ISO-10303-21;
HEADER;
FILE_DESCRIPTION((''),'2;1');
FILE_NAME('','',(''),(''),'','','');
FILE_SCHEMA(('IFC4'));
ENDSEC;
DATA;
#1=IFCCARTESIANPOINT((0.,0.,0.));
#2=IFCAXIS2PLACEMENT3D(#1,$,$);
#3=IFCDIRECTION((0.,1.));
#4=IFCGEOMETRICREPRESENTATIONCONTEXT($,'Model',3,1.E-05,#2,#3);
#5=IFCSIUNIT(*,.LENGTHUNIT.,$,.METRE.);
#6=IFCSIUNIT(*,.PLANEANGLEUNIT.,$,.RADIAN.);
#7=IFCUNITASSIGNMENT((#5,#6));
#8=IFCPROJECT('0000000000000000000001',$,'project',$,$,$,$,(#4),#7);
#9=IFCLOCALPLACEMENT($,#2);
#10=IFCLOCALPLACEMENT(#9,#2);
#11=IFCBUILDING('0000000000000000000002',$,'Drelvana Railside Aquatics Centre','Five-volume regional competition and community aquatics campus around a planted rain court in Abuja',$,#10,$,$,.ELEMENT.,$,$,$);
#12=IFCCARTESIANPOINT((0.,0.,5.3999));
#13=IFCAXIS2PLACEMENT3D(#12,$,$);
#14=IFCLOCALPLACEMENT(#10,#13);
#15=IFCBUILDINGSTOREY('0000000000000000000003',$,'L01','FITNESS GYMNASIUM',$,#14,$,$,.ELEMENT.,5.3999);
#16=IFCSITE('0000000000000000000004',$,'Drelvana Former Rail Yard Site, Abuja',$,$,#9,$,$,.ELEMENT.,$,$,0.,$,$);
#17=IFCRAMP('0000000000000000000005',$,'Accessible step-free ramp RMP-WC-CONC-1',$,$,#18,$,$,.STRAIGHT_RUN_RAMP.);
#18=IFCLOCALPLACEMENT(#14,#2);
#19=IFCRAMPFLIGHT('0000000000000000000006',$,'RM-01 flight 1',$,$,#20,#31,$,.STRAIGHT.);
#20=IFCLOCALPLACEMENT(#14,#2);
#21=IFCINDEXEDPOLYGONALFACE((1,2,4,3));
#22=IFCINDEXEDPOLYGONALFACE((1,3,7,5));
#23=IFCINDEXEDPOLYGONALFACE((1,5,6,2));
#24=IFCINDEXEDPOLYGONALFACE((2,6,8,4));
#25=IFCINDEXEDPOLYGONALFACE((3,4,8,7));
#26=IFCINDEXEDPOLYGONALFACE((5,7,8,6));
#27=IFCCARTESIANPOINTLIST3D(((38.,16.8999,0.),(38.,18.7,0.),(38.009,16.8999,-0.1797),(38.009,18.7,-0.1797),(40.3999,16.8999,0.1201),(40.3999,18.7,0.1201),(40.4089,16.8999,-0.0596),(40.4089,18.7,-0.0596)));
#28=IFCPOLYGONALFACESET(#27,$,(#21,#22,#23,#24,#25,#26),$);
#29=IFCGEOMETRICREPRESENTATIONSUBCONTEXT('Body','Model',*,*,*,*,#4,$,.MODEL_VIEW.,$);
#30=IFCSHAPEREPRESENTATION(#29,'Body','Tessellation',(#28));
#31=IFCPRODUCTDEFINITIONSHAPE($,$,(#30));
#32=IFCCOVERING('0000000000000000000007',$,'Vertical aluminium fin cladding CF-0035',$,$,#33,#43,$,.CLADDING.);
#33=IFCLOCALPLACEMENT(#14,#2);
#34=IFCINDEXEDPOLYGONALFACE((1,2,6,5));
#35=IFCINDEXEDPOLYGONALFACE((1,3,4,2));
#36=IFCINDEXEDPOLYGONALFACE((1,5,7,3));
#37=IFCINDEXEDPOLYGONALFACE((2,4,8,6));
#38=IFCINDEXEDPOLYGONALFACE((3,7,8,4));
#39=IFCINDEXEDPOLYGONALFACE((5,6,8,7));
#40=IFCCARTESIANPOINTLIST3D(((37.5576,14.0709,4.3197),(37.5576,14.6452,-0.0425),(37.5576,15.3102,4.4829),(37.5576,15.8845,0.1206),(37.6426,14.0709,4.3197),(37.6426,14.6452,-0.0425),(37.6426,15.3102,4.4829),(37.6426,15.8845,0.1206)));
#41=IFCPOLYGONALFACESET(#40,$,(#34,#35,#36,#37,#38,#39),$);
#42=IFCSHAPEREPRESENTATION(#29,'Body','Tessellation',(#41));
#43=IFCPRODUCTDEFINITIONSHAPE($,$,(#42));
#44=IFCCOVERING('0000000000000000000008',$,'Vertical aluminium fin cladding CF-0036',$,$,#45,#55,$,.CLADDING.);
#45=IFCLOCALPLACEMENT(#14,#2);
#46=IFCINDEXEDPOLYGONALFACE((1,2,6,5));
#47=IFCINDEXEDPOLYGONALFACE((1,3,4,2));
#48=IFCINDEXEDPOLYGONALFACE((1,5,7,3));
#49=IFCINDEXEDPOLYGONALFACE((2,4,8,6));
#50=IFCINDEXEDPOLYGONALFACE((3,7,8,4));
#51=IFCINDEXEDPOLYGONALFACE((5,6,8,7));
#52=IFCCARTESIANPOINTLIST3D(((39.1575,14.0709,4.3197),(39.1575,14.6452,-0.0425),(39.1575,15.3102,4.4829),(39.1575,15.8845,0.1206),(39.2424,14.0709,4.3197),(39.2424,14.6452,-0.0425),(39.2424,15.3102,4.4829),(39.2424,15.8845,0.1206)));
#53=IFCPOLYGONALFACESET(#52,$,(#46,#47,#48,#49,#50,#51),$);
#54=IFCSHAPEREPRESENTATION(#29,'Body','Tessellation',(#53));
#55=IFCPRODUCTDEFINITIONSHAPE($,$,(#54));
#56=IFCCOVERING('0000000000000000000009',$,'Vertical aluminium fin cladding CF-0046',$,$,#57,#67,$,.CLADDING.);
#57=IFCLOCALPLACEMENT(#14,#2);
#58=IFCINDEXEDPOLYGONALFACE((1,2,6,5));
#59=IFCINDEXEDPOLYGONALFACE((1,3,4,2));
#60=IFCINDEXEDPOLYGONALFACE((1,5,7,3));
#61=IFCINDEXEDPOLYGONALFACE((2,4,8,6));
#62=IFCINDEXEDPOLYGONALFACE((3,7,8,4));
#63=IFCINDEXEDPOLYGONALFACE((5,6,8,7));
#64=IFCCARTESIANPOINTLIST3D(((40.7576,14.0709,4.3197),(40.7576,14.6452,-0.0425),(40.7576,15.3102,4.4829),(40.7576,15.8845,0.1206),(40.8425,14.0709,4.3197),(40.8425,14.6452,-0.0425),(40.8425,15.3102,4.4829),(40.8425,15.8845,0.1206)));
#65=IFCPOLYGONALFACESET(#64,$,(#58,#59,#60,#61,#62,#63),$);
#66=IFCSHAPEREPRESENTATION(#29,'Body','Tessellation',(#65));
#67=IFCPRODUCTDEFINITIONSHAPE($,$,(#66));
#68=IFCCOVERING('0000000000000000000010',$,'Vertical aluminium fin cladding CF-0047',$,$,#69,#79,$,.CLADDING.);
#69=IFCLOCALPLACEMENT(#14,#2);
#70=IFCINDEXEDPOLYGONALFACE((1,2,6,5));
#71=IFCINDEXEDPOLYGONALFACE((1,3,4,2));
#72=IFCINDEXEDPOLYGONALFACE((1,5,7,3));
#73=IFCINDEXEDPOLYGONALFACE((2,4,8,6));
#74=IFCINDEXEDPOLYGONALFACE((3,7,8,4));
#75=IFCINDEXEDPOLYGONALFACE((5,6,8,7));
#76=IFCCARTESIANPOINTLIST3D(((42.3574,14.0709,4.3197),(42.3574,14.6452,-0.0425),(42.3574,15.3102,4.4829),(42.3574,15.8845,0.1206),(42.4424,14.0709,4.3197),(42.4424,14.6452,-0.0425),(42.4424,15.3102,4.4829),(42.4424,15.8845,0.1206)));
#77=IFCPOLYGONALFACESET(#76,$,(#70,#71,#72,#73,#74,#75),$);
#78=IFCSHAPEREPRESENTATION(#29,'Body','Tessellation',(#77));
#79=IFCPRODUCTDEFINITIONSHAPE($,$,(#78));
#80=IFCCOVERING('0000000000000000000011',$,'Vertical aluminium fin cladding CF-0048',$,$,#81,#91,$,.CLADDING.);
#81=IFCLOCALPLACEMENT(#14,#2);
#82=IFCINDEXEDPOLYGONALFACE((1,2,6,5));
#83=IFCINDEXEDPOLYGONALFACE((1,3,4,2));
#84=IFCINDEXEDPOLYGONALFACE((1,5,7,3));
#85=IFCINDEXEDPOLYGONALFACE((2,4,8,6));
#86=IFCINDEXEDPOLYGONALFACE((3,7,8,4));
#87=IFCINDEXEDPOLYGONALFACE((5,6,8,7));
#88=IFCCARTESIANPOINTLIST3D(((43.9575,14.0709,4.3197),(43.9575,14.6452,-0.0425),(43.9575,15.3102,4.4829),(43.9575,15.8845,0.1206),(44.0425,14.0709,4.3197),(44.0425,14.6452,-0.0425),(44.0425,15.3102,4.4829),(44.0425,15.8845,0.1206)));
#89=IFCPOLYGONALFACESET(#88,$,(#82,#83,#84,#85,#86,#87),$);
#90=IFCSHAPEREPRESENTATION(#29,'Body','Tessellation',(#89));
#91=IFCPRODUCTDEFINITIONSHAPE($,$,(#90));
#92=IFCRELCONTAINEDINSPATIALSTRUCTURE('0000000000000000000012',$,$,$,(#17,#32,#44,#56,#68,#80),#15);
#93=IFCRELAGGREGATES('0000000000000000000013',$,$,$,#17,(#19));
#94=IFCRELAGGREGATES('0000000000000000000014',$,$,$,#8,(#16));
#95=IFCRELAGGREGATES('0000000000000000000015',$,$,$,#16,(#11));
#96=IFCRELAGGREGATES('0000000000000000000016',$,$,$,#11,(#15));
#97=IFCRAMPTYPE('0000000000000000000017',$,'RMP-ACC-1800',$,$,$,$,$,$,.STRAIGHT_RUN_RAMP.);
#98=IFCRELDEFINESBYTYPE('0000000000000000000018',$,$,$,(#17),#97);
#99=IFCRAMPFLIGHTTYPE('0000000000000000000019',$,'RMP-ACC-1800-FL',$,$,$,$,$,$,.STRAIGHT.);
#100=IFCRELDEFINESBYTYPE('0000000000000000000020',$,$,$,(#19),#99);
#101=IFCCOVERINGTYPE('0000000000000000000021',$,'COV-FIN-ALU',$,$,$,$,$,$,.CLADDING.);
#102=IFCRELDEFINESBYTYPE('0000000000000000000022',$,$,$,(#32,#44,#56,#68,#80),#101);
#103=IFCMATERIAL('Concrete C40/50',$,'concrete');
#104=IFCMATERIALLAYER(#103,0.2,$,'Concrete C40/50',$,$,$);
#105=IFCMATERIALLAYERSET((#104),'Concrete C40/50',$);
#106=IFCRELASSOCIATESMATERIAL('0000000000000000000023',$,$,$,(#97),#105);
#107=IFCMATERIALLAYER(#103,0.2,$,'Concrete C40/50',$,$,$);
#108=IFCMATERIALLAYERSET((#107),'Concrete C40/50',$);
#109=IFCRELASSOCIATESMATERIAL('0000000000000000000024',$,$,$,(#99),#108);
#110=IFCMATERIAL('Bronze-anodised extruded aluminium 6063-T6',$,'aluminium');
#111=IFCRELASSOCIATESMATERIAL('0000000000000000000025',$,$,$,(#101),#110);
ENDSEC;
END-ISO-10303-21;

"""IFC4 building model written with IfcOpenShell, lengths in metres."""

from ifc_helpers import new_model, si_unit, direction, frame, origin, origin_2d, place, context, subcontext, project, spatial, polyline, rectangle, outline, extrude, material, layer, layer_set, type_object, element, aggregate, save


model = new_model("IFC4")

# Units and contexts
model_context = context("Model", 3, precision=1e-05, world=origin(), true_north=direction((0.0, 1.0)))
body_context = subcontext(model_context, "Body", "Model", "MODEL_VIEW")
ifc_project = project(units=[si_unit("LENGTHUNIT", "METRE"), si_unit("PLANEANGLEUNIT", "RADIAN")], contexts=[model_context])

# Site, building, storey
site_placement = place(None, origin())
site = spatial("IfcSite", under=ifc_project, at=site_placement, Name="Drelvana Former Rail Yard Site, Abuja", CompositionType="ELEMENT", RefElevation=0.0)
building_placement = place(site_placement, origin())
building = spatial("IfcBuilding", under=site, at=building_placement, Name="Drelvana Railside Aquatics Centre", Description="Five-volume regional competition and community aquatics campus around a planted rain court in Abuja", CompositionType="ELEMENT")
storey_placement = place(building_placement, frame((0.0, 0.0, 5.3999)))
storey = spatial("IfcBuildingStorey", under=building, at=storey_placement, Name="L01", Description="FITNESS GYMNASIUM", CompositionType="ELEMENT", Elevation=5.3999)

# Shared definitions
ifc_material_1 = material(Name="Concrete C40/50", Category="concrete")

# Ramp, ramp flight
ifc_layer_1 = layer(ifc_material_1, 0.2, Name="Concrete C40/50")
ifc_layer_set_1 = layer_set([ifc_layer_1], Name="Concrete C40/50")
ramp_type = type_object("IfcRampType", Name="RMP-ACC-1800", PredefinedType="STRAIGHT_RUN_RAMP", material=ifc_layer_set_1)
ramp_placement = place(storey_placement, origin())
ramp = element("IfcRamp", 1, at=ramp_placement, inside=storey, type_object=ramp_type, Name="Accessible step-free ramp RMP-WC-CONC-1", PredefinedType="STRAIGHT_RUN_RAMP")
ifc_layer_2 = layer(ifc_material_1, 0.2, Name="Concrete C40/50")
ifc_layer_set_2 = layer_set([ifc_layer_2], Name="Concrete C40/50")
ramp_flight_type = type_object("IfcRampFlightType", Name="RMP-ACC-1800-FL", PredefinedType="STRAIGHT", material=ifc_layer_set_2)
ramp_flight_placement = place(storey_placement, frame((38.0, 16.8999, 0.0), z_axis=(-0.049988, 0.0, 0.99875), x_axis=(0.99875, 0.0, 0.049988)))
ramp_flight = element("IfcRampFlight", 2, at=ramp_flight_placement, type_object=ramp_flight_type, Name="RM-01 flight 1", PredefinedType="STRAIGHT", context=body_context, shape_type="SweptSolid", body=[
    extrude(outline(polyline([(0.0, 0.0), (2.4029, 0.0), (2.4029, 1.8), (0.0, 1.8), (0.0, 0.0)])), origin(), (0.0, 0.0, -1.0), 0.1799),
])
aggregate(ramp, [ramp_flight])

# Coverings
ifc_material_2 = material(Name="Bronze-anodised extruded aluminium 6063-T6", Category="aluminium")
covering_type = type_object("IfcCoveringType", Name="COV-FIN-ALU", PredefinedType="CLADDING", material=ifc_material_2)
for number, where, z_axis, x_axis, name in (
    (3, (37.6001, 15.2649, 0.0391), (0.0, -0.130526, 0.991445), (-1.0, 0.0, 0.0), "Vertical aluminium fin cladding CF-0035"),
    (4, (39.2, 15.2649, 0.0391), (0.0, -0.130526, 0.991445), (-1.0, 0.0, 0.0), "Vertical aluminium fin cladding CF-0036"),
    (5, (40.8, 15.2649, 0.0391), (0.0, -0.130526, 0.991445), (-1.0, 0.0, 0.0), "Vertical aluminium fin cladding CF-0046"),
    (6, (42.3999, 15.2649, 0.0391), (0.0, -0.130526, 0.991445), (-1.0, 0.0, 0.0), "Vertical aluminium fin cladding CF-0047"),
    (7, (44.0, 15.2649, 0.0391), (0.0, -0.130526, 0.991445), (-1.0, 0.0, 0.0), "Vertical aluminium fin cladding CF-0048"),
):
    element("IfcCovering", number, at=place(storey_placement, frame(where, z_axis=z_axis, x_axis=x_axis)), inside=storey, type_object=covering_type, Name=name, PredefinedType="CLADDING", context=body_context, shape_type="SweptSolid", body=[
        extrude(rectangle(XDim=0.085, YDim=1.25, at=origin_2d()), origin(), (0.0, 0.0, 1.0), 4.3999),
    ])

save(model, "model.ifc")
